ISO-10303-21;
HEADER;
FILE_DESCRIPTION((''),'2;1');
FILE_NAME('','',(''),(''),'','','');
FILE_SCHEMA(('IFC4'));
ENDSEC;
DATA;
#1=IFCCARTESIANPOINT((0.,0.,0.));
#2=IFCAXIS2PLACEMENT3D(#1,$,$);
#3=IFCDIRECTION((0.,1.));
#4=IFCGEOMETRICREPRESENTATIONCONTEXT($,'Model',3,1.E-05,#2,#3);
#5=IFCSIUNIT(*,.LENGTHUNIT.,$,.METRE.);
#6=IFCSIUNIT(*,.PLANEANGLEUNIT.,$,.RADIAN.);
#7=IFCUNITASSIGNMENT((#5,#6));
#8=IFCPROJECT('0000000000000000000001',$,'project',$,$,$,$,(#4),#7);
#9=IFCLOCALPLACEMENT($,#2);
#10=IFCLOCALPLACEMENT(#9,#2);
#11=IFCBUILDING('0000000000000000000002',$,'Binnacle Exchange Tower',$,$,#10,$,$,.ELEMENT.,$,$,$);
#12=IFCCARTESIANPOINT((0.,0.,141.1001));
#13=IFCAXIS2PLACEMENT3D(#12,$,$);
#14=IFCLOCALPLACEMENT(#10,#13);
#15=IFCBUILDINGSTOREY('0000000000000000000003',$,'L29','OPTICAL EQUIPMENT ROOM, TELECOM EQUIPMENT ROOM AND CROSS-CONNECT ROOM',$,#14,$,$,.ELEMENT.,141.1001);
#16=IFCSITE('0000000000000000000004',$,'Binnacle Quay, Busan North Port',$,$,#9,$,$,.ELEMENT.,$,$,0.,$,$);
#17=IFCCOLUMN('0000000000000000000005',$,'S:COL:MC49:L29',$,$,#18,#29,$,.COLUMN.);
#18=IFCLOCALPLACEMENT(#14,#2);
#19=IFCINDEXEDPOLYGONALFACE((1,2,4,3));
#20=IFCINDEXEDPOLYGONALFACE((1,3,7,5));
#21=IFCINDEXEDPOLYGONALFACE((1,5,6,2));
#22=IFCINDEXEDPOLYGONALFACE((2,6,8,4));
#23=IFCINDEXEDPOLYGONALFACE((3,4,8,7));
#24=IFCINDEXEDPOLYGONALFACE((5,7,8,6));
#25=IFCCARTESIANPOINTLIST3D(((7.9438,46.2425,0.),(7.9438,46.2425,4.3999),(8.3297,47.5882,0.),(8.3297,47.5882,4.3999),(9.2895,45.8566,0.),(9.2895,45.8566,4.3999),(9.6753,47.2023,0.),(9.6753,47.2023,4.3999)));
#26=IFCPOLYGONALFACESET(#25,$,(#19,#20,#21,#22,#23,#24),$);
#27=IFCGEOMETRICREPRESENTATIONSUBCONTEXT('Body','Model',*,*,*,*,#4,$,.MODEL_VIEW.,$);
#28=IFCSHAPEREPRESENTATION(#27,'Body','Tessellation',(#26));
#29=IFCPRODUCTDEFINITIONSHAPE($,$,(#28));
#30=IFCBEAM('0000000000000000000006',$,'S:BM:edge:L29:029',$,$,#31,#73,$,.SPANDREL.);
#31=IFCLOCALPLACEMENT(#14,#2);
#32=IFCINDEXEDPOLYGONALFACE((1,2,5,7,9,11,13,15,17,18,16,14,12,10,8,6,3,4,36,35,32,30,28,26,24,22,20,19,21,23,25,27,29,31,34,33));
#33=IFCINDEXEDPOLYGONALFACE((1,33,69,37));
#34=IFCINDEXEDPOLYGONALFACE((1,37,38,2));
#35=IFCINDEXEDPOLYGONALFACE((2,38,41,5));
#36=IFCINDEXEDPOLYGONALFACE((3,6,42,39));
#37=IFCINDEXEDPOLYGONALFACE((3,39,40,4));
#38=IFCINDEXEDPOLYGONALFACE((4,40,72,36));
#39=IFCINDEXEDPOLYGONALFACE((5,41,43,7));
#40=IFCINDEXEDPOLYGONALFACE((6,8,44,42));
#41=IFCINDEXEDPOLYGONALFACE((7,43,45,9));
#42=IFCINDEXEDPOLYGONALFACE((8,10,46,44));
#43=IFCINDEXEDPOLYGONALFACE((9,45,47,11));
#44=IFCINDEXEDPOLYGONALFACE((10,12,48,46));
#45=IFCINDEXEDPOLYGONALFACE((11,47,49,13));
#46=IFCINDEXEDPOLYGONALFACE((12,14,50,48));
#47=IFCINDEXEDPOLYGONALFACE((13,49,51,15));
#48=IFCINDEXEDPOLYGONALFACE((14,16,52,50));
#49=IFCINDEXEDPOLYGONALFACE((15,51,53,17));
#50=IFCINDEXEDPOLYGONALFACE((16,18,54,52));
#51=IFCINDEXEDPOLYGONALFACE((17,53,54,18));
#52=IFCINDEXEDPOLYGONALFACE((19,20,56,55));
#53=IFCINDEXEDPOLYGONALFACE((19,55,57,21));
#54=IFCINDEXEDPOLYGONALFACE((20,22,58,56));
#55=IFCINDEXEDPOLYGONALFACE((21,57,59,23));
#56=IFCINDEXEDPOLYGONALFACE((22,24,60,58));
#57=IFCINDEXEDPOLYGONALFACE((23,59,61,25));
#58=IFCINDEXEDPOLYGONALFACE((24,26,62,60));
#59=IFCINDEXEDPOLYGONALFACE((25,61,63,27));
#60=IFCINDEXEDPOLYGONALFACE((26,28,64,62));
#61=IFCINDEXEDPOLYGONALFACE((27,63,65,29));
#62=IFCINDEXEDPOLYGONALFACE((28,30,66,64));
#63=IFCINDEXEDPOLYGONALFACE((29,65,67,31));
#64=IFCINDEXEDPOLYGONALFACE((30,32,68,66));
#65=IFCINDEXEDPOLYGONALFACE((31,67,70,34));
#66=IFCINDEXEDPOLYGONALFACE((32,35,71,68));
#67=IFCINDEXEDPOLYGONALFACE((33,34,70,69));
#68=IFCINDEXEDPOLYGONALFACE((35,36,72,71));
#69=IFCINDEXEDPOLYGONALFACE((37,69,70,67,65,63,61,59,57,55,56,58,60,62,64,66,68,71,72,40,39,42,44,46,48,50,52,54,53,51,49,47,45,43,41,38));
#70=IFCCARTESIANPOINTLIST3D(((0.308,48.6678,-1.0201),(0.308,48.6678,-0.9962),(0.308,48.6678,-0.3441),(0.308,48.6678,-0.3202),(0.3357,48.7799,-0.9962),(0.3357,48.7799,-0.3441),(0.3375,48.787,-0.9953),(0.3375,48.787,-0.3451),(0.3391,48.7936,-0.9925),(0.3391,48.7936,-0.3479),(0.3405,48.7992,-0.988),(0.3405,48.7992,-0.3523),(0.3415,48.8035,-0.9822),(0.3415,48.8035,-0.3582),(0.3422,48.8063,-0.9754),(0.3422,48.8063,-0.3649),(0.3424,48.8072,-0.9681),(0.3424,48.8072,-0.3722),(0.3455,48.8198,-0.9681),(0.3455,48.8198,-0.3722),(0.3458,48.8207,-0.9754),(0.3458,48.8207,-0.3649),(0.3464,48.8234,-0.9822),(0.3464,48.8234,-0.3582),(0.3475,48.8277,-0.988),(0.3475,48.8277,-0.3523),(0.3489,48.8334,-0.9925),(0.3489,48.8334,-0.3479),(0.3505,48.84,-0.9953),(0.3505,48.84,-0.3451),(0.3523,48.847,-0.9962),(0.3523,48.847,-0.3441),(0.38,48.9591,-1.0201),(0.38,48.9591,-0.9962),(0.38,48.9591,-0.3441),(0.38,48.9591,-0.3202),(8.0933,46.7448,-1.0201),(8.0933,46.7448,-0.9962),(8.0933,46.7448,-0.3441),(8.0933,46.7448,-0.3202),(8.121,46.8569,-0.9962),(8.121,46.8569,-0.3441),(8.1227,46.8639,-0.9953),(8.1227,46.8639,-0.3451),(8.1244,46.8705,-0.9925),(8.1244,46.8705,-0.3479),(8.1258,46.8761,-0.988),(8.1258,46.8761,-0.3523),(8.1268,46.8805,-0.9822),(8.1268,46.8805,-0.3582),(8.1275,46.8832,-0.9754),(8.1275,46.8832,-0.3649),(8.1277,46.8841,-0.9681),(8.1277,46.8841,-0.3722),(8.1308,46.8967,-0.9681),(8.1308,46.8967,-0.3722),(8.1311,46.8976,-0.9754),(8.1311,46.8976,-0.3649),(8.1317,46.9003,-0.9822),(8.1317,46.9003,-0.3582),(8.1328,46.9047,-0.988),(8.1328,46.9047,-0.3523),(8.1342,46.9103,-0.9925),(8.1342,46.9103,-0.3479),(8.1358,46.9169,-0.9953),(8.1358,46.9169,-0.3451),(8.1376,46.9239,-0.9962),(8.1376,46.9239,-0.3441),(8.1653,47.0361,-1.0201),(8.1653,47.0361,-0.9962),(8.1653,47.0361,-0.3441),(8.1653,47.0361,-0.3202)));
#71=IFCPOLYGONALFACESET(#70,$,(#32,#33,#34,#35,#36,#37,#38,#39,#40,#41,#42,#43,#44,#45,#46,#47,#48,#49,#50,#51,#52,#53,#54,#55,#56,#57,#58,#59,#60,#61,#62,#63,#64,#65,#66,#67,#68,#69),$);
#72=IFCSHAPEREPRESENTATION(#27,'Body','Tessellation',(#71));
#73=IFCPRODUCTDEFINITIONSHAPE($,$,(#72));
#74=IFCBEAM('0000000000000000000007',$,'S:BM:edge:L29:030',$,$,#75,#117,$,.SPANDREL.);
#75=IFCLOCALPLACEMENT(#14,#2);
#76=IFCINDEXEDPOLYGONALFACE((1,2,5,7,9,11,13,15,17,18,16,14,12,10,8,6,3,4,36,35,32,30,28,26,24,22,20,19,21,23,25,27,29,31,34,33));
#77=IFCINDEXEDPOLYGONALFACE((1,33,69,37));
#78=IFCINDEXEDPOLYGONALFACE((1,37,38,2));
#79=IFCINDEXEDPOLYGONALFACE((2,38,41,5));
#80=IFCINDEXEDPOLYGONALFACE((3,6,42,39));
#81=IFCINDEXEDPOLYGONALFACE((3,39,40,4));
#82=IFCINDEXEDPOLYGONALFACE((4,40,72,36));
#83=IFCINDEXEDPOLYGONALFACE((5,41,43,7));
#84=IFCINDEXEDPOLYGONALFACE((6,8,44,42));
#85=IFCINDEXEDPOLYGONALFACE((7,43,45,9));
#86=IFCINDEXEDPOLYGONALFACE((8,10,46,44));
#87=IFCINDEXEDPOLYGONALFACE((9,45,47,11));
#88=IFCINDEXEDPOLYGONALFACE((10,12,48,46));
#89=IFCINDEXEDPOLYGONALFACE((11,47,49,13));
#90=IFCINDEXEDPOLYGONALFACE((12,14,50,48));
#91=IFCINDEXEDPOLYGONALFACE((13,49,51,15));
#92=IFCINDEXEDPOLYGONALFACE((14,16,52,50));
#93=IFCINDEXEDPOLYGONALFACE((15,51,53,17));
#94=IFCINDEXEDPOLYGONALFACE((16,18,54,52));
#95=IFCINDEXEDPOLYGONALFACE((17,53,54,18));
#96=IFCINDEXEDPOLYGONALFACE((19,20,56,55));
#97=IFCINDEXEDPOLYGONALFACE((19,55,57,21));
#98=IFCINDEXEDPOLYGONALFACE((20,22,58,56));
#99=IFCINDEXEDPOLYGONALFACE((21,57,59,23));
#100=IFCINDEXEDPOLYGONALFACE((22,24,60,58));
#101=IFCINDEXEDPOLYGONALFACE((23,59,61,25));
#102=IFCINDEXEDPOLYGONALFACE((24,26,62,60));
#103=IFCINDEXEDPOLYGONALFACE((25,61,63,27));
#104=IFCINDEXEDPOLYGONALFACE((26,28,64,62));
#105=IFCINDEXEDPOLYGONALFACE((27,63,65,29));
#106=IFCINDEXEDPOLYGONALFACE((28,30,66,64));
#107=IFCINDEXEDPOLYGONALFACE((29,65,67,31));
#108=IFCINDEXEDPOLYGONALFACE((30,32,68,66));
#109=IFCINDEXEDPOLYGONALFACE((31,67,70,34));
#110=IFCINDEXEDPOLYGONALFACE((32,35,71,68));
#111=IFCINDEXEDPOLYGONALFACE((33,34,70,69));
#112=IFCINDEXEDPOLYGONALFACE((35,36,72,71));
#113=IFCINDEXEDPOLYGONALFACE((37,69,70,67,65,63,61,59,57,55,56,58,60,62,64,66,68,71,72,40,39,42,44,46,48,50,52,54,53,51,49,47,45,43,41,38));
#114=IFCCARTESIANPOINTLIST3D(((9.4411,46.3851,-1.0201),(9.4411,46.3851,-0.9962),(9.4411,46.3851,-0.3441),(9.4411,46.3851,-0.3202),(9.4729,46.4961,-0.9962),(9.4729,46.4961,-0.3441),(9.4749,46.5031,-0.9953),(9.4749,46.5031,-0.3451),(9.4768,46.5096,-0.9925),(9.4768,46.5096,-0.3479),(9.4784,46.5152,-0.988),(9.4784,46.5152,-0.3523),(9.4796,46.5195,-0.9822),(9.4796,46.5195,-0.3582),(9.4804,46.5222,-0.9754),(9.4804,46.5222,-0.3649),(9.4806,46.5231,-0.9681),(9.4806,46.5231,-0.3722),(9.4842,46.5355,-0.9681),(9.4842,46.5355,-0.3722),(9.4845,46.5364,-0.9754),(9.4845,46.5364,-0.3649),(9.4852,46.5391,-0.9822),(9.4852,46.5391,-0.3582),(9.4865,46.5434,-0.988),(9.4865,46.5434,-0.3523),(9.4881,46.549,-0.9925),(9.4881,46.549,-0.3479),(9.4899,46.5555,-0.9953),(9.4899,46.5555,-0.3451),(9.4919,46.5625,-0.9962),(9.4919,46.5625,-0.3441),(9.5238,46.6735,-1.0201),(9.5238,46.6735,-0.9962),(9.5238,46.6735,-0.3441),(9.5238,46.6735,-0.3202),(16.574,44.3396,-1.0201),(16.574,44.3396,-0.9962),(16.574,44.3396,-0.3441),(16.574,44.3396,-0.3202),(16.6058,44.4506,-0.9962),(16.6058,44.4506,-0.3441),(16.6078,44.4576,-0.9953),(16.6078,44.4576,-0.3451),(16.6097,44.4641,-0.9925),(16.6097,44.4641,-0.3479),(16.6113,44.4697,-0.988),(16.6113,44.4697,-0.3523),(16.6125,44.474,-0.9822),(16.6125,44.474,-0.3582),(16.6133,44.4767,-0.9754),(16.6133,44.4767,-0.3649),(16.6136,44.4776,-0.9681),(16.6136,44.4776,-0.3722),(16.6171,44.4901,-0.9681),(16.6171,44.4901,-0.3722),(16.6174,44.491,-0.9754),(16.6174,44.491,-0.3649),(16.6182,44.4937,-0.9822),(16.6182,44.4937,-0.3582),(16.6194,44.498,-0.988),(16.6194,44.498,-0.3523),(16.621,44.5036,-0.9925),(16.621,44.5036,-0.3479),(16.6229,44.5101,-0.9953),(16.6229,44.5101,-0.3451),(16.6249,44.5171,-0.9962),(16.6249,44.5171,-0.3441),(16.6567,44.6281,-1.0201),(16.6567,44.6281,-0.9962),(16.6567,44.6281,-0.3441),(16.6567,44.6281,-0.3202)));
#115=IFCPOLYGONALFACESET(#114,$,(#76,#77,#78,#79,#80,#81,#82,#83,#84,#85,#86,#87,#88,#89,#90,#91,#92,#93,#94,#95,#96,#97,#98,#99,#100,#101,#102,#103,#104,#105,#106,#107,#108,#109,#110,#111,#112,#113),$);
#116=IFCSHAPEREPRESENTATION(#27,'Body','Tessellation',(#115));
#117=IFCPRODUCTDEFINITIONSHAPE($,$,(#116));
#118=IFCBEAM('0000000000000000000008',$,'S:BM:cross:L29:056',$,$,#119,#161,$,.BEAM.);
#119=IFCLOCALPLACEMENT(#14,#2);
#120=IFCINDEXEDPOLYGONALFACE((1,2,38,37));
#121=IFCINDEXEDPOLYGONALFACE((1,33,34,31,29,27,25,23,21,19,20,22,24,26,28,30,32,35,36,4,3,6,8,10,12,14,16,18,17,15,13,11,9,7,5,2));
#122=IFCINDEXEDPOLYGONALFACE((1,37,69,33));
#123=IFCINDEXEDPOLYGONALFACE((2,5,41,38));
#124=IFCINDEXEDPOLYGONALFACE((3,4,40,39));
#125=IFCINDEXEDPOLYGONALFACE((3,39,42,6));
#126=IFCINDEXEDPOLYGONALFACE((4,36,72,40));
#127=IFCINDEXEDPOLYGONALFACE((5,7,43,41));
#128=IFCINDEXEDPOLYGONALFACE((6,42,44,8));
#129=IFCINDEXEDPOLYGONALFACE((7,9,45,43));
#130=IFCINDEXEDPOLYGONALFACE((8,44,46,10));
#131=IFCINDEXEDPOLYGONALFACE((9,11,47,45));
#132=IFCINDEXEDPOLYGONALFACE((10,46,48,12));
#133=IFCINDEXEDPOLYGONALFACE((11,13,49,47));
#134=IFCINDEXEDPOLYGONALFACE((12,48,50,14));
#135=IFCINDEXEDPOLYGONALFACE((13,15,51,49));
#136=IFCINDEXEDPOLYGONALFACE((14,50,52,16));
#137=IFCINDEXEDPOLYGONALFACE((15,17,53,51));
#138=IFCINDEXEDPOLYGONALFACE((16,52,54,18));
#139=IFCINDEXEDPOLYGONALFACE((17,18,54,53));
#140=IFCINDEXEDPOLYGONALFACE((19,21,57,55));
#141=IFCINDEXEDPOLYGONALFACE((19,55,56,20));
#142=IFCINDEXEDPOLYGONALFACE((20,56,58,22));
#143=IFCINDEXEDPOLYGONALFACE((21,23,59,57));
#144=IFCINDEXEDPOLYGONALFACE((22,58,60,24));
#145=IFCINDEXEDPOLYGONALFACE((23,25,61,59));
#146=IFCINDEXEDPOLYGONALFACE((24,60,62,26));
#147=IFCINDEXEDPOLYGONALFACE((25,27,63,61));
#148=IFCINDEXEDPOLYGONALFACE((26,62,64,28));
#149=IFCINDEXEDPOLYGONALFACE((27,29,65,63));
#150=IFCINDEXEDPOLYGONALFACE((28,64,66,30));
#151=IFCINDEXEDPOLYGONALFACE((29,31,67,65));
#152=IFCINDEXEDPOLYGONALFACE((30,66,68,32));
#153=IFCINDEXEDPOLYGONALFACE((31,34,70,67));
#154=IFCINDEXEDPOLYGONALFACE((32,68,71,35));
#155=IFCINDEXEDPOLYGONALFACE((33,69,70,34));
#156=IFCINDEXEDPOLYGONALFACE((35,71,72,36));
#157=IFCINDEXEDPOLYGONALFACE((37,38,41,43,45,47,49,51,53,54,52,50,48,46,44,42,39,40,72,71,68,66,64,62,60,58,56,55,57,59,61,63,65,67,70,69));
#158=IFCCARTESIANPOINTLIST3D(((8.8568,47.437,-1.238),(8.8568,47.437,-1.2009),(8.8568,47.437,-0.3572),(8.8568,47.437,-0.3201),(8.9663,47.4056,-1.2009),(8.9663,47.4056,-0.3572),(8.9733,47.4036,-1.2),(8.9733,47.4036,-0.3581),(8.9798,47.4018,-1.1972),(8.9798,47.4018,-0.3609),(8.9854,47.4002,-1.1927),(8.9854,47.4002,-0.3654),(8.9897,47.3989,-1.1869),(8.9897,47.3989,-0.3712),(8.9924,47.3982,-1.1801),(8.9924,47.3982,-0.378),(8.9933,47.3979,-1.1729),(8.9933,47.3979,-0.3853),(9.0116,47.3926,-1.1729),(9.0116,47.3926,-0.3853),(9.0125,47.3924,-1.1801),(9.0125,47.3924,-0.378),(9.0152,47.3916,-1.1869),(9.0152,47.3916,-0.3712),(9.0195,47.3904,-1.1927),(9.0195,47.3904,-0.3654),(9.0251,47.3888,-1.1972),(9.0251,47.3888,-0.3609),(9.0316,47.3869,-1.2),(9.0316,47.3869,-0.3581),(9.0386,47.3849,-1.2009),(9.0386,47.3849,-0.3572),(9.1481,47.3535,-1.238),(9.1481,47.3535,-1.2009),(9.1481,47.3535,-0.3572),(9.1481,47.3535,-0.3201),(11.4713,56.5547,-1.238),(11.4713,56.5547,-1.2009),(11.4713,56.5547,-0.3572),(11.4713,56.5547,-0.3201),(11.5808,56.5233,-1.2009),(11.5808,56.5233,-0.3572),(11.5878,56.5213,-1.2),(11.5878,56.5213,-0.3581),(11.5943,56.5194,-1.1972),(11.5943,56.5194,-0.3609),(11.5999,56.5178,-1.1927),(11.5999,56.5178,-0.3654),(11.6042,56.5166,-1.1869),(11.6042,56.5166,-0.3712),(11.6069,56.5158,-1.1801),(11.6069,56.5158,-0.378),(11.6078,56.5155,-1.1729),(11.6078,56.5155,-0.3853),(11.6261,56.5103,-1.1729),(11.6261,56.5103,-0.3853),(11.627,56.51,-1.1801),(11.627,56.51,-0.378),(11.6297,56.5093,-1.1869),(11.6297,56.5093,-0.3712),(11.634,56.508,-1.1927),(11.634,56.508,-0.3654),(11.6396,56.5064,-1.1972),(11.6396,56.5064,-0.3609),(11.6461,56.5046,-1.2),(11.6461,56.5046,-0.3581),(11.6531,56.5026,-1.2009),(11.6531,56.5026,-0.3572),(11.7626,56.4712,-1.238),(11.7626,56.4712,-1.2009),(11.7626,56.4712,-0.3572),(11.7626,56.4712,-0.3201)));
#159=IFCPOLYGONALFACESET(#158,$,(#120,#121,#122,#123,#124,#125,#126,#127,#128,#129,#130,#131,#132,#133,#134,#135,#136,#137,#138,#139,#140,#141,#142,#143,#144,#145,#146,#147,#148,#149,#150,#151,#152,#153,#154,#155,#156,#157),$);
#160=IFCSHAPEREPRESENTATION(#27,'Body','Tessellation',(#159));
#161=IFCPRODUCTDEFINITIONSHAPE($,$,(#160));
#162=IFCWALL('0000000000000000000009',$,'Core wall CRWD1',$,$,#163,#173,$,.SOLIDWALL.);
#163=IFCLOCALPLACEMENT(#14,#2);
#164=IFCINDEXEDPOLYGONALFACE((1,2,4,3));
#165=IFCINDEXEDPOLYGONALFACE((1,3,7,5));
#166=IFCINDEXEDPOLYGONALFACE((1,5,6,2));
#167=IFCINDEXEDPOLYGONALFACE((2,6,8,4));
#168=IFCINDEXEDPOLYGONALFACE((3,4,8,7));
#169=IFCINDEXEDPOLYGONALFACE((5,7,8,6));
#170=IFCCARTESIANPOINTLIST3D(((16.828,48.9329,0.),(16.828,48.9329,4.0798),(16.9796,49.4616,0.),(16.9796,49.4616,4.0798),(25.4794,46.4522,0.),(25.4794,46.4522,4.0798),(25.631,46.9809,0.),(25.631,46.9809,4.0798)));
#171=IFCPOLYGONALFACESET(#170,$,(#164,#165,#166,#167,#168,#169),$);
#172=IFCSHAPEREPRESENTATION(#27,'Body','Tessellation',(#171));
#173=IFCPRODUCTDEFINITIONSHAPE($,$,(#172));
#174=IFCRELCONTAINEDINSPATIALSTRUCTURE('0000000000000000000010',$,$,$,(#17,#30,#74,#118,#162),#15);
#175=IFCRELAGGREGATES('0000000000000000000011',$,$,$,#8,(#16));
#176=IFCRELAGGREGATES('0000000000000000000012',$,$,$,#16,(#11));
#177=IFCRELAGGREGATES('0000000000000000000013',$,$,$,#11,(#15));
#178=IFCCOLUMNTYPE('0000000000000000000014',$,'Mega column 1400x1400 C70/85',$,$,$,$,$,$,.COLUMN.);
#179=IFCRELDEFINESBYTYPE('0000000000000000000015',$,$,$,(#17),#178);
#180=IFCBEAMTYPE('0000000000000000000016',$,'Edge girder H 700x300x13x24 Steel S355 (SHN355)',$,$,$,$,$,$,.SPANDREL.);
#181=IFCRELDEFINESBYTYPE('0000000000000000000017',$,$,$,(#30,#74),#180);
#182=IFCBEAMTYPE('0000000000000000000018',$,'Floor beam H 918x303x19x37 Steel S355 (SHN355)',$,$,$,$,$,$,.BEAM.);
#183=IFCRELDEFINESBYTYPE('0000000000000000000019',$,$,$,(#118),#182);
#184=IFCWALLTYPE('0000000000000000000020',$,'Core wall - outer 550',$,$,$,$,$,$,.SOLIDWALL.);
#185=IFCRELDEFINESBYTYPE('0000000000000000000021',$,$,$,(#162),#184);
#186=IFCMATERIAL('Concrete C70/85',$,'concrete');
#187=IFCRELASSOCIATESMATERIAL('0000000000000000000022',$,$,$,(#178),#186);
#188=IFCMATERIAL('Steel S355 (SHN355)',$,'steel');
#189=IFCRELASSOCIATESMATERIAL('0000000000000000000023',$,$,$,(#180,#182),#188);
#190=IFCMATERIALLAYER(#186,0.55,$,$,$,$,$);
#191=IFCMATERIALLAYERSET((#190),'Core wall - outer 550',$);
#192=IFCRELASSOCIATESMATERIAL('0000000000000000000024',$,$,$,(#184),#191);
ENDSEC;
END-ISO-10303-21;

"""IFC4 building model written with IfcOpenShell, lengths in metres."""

from ifc_helpers import new_model, si_unit, direction, frame, frame_2d, origin, origin_2d, place, context, subcontext, project, spatial, rectangle, i_section, extrude, material, layer, layer_set, material_profile, profile_set, type_object, element, save


model = new_model("IFC4")

# Units and contexts
model_context = context("Model", 3, precision=1e-05, world=origin(), true_north=direction((0.0, 1.0)))
body_context = subcontext(model_context, "Body", "Model", "MODEL_VIEW")
ifc_project = project(units=[si_unit("LENGTHUNIT", "METRE"), si_unit("PLANEANGLEUNIT", "RADIAN")], contexts=[model_context])

# Site, building, storey
site_placement = place(None, origin())
site = spatial("IfcSite", under=ifc_project, at=site_placement, Name="Binnacle Quay, Busan North Port", CompositionType="ELEMENT", RefElevation=0.0)
building_placement = place(site_placement, origin())
building = spatial("IfcBuilding", under=site, at=building_placement, Name="Binnacle Exchange Tower", CompositionType="ELEMENT")
storey_placement = place(building_placement, frame((0.0, 0.0, 141.1001)))
storey = spatial("IfcBuildingStorey", under=building, at=storey_placement, Name="L29", Description="OPTICAL EQUIPMENT ROOM, TELECOM EQUIPMENT ROOM AND CROSS-CONNECT ROOM", CompositionType="ELEMENT", Elevation=141.1001)

# Column
ifc_material_1 = material(Name="Concrete C70/85", Category="concrete")
ifc_material_profile_1 = material_profile(ifc_material_1, rectangle(XDim=1.3999, YDim=1.3999, at=origin_2d()), Name="Mega column 1400x1400 C70/85")
ifc_profile_set_1 = profile_set([ifc_material_profile_1], Name="Concrete C70/85")
column_type = type_object("IfcColumnType", Name="Mega column 1400x1400 C70/85", PredefinedType="COLUMN", material=ifc_profile_set_1)
column_placement = place(storey_placement, frame((8.8096, 46.7224, 0.0), z_axis=(0.0, 0.0, 1.0), x_axis=(0.961262, -0.275637, 0.0)))
element("IfcColumn", 1, at=column_placement, inside=storey, type_object=column_type, Name="S:COL:MC49:L29", PredefinedType="COLUMN", context=body_context, shape_type="SweptSolid", body=[
    extrude(rectangle(XDim=1.3999, YDim=1.3999, at=origin_2d()), origin(), (0.0, 0.0, 1.0), 4.3999),
])

# Beams
ifc_material_2 = material(Name="Steel S355 (SHN355)", Category="steel")
ifc_material_profile_2 = material_profile(ifc_material_2, i_section(OverallWidth=0.3, OverallDepth=0.7, WebThickness=0.0129, FlangeThickness=0.0239, FilletRadius=0.0281, at=origin_2d()), Name="H 700x300x13x24")
ifc_profile_set_2 = profile_set([ifc_material_profile_2], Name="Steel S355 (SHN355)")
beam_type_1 = type_object("IfcBeamType", Name="Edge girder H 700x300x13x24 Steel S355 (SHN355)", PredefinedType="SPANDREL", material=ifc_profile_set_2)
beam_1_placement = place(storey_placement, frame((0.344, 48.8135, -0.6702), z_axis=(0.970821, -0.239805, 0.0), x_axis=(0.239805, 0.970821, 0.0)))
element("IfcBeam", 2, at=beam_1_placement, inside=storey, type_object=beam_type_1, Name="S:BM:edge:L29:029", PredefinedType="SPANDREL", context=body_context, shape_type="SweptSolid", body=[
    extrude(i_section(OverallWidth=0.3, OverallDepth=0.7, WebThickness=0.0129, FlangeThickness=0.0239, FilletRadius=0.0281, at=origin_2d()), origin(), (0.0, 0.0, 1.0), 8.0193),
])
beam_2_placement = place(storey_placement, frame((9.4824, 46.5293, -0.6702), z_axis=(0.961258, -0.275651, 0.0), x_axis=(0.275651, 0.961258, 0.0)))
element("IfcBeam", 3, at=beam_2_placement, inside=storey, type_object=beam_type_1, Name="S:BM:edge:L29:030", PredefinedType="SPANDREL", context=body_context, shape_type="SweptSolid", body=[
    extrude(i_section(OverallWidth=0.3, OverallDepth=0.7, WebThickness=0.0129, FlangeThickness=0.0239, FilletRadius=0.0281, at=origin_2d()), origin(), (0.0, 0.0, 1.0), 7.4204),
])
ifc_material_profile_3 = material_profile(ifc_material_2, i_section(OverallWidth=0.303, OverallDepth=0.918, WebThickness=0.019, FlangeThickness=0.0371, FilletRadius=0.0281, at=origin_2d()), Name="H 918x303x19x37")
ifc_profile_set_3 = profile_set([ifc_material_profile_3], Name="Steel S355 (SHN355)")
beam_type_2 = type_object("IfcBeamType", Name="Floor beam H 918x303x19x37 Steel S355 (SHN355)", PredefinedType="BEAM", material=ifc_profile_set_3)
beam_3_placement = place(storey_placement, frame((9.0024, 47.3953, -0.7791), z_axis=(0.275642, 0.96126, 0.0), x_axis=(-0.96126, 0.275642, 0.0)))
element("IfcBeam", 4, at=beam_3_placement, inside=storey, type_object=beam_type_2, Name="S:BM:cross:L29:056", PredefinedType="BEAM", context=body_context, shape_type="SweptSolid", body=[
    extrude(i_section(OverallWidth=0.303, OverallDepth=0.918, WebThickness=0.019, FlangeThickness=0.0371, FilletRadius=0.0281, at=origin_2d()), origin(), (0.0, 0.0, 1.0), 9.4851),
])

# Wall
ifc_layer_1 = layer(ifc_material_1, 0.55)
ifc_layer_set_1 = layer_set([ifc_layer_1], Name="Core wall - outer 550")
wall_type_1 = type_object("IfcWallType", Name="Core wall - outer 550", PredefinedType="SOLIDWALL", material=ifc_layer_set_1)
wall_1_placement = place(storey_placement, frame((16.9038, 49.1973, 0.0), z_axis=(0.0, 0.0, 1.0), x_axis=(0.961262, -0.275635, 0.0)))
element("IfcWall", 5, at=wall_1_placement, inside=storey, type_object=wall_type_1, Name="Core wall CRWD1", PredefinedType="SOLIDWALL", context=body_context, shape_type="SweptSolid", body=[
    extrude(rectangle(XDim=9.0, YDim=0.55, at=frame_2d((4.5, 0.0))), origin(), (0.0, 0.0, 1.0), 4.0798),
])

save(model, "model.ifc")
